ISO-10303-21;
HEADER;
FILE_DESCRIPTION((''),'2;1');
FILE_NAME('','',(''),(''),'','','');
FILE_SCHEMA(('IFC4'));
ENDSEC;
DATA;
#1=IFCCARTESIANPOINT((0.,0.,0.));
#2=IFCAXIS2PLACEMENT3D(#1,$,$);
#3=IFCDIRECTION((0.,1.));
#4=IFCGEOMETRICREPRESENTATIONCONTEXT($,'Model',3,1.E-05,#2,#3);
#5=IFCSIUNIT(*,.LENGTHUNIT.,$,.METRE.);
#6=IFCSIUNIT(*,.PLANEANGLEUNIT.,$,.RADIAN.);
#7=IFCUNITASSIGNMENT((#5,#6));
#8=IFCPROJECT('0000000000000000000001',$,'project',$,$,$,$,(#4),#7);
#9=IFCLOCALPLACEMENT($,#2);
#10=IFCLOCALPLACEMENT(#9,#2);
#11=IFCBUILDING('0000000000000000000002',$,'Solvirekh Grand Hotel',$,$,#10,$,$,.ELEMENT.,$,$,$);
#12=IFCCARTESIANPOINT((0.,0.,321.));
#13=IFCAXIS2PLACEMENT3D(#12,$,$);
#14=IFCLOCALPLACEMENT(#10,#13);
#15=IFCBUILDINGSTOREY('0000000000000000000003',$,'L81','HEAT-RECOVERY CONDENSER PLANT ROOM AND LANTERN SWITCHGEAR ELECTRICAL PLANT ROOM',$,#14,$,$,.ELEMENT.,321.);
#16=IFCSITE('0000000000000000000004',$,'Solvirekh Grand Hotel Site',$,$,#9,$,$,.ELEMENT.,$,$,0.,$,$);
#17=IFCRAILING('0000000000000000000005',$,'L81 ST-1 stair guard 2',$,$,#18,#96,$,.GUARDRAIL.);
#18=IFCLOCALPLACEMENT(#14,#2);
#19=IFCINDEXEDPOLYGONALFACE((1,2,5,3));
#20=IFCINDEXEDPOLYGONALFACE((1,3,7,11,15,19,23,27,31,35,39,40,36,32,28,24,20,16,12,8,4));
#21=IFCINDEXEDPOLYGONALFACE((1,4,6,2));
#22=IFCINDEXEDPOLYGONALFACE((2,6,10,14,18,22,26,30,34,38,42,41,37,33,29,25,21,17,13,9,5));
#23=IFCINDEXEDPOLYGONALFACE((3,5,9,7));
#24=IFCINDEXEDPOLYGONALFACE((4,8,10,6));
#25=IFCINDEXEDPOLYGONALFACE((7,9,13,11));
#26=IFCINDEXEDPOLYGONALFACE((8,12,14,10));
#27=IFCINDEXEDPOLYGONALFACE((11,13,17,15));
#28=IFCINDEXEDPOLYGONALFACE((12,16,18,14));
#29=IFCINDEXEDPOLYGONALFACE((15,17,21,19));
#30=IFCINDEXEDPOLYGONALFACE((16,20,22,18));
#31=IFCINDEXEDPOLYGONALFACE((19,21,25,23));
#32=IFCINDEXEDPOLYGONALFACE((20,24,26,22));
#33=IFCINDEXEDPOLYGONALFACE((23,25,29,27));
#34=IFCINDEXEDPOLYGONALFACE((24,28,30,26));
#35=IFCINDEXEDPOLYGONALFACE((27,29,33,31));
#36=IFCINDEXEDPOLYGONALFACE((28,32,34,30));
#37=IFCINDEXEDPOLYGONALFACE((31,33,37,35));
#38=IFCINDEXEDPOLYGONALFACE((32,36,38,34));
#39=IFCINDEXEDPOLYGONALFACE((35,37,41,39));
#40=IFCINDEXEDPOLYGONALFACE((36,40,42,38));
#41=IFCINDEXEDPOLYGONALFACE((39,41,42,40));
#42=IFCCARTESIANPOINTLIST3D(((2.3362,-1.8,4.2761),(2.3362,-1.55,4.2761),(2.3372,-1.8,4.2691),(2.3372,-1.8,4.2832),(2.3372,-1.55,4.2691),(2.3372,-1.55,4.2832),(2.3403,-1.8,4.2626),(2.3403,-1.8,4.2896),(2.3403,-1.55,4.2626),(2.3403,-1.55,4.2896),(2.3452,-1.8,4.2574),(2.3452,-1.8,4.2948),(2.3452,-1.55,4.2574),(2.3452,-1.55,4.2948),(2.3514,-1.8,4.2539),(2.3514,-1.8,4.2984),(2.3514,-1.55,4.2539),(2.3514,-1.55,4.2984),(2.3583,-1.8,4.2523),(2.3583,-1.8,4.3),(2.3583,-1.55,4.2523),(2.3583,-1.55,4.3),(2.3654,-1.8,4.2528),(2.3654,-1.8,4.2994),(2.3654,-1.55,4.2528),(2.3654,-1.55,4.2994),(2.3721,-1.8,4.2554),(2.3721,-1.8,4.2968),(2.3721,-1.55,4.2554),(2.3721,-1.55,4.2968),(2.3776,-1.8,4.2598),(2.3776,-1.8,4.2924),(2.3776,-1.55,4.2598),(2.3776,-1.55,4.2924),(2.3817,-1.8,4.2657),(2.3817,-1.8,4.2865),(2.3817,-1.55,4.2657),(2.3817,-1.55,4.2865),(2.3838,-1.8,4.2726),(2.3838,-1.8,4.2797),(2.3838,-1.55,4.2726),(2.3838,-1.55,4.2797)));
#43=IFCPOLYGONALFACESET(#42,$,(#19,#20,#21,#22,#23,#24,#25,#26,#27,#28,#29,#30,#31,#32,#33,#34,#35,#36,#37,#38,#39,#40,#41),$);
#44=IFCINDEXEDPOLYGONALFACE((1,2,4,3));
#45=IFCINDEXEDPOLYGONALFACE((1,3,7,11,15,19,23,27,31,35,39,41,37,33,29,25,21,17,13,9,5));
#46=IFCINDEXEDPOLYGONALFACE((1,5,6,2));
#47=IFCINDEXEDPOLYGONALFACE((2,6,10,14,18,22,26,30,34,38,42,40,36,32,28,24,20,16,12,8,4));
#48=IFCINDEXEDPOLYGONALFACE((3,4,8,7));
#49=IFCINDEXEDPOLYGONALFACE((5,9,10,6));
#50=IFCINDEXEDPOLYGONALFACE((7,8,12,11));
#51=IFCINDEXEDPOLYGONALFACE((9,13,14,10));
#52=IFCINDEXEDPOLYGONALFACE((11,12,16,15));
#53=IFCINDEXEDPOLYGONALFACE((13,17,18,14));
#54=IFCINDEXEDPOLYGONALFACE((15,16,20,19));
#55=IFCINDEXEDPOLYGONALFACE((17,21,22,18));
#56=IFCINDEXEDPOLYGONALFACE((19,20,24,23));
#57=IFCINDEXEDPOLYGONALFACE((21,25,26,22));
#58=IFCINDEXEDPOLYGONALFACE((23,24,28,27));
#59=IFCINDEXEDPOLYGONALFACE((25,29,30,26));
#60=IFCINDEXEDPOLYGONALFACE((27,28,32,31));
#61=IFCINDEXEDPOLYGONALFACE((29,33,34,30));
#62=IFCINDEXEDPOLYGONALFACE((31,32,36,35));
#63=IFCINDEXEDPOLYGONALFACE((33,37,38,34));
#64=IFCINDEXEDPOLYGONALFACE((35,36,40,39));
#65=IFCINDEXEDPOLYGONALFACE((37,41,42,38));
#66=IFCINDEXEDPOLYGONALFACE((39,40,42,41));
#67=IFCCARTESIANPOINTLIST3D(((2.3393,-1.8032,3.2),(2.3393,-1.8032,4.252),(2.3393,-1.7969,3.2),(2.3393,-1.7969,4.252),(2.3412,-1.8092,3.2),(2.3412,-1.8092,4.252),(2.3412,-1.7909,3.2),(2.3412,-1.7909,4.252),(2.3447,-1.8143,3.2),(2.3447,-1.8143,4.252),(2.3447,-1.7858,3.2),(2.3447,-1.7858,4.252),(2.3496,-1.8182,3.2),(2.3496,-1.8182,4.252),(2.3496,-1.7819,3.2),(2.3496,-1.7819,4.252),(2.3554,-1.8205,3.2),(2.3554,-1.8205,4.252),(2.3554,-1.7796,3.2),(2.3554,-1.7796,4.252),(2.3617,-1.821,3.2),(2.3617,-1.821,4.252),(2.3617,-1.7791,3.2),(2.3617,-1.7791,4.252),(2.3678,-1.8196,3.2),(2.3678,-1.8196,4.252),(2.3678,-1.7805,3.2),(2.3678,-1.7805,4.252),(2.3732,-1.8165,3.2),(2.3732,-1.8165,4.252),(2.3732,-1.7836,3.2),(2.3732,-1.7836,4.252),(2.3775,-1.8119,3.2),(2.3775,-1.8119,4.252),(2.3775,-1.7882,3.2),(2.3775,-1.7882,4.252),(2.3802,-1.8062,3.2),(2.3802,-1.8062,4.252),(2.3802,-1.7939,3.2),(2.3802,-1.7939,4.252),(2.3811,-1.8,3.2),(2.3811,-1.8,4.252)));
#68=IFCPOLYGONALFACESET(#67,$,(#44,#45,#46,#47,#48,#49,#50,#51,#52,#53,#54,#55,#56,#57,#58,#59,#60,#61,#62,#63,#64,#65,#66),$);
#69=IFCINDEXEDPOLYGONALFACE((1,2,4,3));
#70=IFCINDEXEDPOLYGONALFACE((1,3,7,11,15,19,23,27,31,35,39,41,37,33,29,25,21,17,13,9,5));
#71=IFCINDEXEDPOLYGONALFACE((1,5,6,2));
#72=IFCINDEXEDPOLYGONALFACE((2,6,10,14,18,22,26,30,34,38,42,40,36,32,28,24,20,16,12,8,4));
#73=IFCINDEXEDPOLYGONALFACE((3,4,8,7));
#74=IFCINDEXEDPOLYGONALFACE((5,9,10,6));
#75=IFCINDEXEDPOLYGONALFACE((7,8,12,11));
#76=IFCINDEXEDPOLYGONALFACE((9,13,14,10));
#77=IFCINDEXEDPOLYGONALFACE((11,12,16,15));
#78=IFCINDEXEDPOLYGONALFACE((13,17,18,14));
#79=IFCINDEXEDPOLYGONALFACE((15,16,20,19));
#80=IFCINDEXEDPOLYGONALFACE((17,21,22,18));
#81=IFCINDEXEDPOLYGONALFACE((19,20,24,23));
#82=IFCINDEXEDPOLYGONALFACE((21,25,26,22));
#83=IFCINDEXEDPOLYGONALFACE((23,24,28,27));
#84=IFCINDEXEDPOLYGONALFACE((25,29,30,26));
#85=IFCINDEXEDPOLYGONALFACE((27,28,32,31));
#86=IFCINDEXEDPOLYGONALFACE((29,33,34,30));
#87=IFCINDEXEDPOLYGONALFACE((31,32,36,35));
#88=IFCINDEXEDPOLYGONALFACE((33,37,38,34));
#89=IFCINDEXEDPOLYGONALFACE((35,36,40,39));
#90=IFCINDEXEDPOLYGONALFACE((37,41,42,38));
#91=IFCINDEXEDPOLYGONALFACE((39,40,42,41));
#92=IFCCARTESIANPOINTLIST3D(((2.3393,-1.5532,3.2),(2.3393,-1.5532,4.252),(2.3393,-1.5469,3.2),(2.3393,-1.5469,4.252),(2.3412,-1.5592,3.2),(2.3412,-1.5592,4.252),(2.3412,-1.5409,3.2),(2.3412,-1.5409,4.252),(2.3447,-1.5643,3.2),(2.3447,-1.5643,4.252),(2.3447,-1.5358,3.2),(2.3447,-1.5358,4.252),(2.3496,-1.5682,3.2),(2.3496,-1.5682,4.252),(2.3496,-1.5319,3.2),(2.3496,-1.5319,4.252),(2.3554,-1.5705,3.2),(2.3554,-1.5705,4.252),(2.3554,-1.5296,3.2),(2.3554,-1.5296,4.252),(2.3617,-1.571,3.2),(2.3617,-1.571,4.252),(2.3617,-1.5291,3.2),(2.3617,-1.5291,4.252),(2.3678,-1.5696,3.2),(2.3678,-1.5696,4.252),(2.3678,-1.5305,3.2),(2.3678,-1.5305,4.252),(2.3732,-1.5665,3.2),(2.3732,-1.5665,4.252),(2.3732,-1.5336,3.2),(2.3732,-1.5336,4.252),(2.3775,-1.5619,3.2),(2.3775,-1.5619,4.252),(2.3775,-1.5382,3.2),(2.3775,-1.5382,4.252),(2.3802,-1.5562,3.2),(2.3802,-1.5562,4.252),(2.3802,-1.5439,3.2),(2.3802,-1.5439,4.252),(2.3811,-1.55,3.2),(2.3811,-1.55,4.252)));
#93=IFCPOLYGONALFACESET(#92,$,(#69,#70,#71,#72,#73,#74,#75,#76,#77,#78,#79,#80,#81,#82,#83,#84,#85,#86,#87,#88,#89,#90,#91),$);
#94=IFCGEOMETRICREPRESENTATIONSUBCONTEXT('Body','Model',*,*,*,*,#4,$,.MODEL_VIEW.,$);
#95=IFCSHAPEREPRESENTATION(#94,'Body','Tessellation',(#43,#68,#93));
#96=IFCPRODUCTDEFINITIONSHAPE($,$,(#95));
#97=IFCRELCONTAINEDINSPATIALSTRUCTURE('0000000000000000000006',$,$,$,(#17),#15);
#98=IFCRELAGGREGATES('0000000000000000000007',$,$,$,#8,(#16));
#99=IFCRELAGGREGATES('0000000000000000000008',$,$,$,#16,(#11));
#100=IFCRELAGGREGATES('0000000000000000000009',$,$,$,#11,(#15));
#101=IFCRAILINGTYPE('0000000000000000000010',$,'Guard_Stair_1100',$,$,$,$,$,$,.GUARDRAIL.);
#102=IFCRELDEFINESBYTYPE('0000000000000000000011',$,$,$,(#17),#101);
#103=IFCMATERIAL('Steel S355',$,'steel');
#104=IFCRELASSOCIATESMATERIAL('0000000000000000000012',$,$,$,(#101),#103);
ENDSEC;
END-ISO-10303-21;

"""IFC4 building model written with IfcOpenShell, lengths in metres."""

from ifc_helpers import new_model, si_unit, direction, frame, origin, origin_2d, place, context, subcontext, project, spatial, circle, extrude, material, type_object, element, save


model = new_model("IFC4")

# Units and contexts
model_context = context("Model", 3, precision=1e-05, world=origin(), true_north=direction((0.0, 1.0)))
body_context = subcontext(model_context, "Body", "Model", "MODEL_VIEW")
ifc_project = project(units=[si_unit("LENGTHUNIT", "METRE"), si_unit("PLANEANGLEUNIT", "RADIAN")], contexts=[model_context])

# Site, building, storey
site_placement = place(None, origin())
site = spatial("IfcSite", under=ifc_project, at=site_placement, Name="Solvirekh Grand Hotel Site", CompositionType="ELEMENT", RefElevation=0.0)
building_placement = place(site_placement, origin())
building = spatial("IfcBuilding", under=site, at=building_placement, Name="Solvirekh Grand Hotel", CompositionType="ELEMENT")
storey_placement = place(building_placement, frame((0.0, 0.0, 321.0)))
storey = spatial("IfcBuildingStorey", under=building, at=storey_placement, Name="L81", Description="HEAT-RECOVERY CONDENSER PLANT ROOM AND LANTERN SWITCHGEAR ELECTRICAL PLANT ROOM", CompositionType="ELEMENT", Elevation=321.0)

# Shared definitions
ifc_material_1 = material(Name="Steel S355", Category="steel")

# Railing
railing_type_1 = type_object("IfcRailingType", Name="Guard_Stair_1100", PredefinedType="GUARDRAIL", material=ifc_material_1)
railing_1_placement = place(storey_placement, frame((2.3601, -1.8, 3.2)))
element("IfcRailing", 1, at=railing_1_placement, inside=storey, type_object=railing_type_1, Name="L81 ST-1 stair guard 2", PredefinedType="GUARDRAIL", context=body_context, shape_type="SweptSolid", body=[
    extrude(circle(Radius=0.0239, at=origin_2d()), frame((0.0, 0.0, 1.0762), z_axis=(0.0, 1.0, 0.0), x_axis=(-1.0, 0.0, 0.0)), (0.0, 0.0, 1.0), 0.25),
    extrude(circle(Radius=0.021, at=origin_2d()), origin(), (0.0, 0.0, 1.0), 1.052),
    extrude(circle(Radius=0.021, at=origin_2d()), frame((0.0, 0.25, 0.0)), (0.0, 0.0, 1.0), 1.052),
])

save(model, "model.ifc")
